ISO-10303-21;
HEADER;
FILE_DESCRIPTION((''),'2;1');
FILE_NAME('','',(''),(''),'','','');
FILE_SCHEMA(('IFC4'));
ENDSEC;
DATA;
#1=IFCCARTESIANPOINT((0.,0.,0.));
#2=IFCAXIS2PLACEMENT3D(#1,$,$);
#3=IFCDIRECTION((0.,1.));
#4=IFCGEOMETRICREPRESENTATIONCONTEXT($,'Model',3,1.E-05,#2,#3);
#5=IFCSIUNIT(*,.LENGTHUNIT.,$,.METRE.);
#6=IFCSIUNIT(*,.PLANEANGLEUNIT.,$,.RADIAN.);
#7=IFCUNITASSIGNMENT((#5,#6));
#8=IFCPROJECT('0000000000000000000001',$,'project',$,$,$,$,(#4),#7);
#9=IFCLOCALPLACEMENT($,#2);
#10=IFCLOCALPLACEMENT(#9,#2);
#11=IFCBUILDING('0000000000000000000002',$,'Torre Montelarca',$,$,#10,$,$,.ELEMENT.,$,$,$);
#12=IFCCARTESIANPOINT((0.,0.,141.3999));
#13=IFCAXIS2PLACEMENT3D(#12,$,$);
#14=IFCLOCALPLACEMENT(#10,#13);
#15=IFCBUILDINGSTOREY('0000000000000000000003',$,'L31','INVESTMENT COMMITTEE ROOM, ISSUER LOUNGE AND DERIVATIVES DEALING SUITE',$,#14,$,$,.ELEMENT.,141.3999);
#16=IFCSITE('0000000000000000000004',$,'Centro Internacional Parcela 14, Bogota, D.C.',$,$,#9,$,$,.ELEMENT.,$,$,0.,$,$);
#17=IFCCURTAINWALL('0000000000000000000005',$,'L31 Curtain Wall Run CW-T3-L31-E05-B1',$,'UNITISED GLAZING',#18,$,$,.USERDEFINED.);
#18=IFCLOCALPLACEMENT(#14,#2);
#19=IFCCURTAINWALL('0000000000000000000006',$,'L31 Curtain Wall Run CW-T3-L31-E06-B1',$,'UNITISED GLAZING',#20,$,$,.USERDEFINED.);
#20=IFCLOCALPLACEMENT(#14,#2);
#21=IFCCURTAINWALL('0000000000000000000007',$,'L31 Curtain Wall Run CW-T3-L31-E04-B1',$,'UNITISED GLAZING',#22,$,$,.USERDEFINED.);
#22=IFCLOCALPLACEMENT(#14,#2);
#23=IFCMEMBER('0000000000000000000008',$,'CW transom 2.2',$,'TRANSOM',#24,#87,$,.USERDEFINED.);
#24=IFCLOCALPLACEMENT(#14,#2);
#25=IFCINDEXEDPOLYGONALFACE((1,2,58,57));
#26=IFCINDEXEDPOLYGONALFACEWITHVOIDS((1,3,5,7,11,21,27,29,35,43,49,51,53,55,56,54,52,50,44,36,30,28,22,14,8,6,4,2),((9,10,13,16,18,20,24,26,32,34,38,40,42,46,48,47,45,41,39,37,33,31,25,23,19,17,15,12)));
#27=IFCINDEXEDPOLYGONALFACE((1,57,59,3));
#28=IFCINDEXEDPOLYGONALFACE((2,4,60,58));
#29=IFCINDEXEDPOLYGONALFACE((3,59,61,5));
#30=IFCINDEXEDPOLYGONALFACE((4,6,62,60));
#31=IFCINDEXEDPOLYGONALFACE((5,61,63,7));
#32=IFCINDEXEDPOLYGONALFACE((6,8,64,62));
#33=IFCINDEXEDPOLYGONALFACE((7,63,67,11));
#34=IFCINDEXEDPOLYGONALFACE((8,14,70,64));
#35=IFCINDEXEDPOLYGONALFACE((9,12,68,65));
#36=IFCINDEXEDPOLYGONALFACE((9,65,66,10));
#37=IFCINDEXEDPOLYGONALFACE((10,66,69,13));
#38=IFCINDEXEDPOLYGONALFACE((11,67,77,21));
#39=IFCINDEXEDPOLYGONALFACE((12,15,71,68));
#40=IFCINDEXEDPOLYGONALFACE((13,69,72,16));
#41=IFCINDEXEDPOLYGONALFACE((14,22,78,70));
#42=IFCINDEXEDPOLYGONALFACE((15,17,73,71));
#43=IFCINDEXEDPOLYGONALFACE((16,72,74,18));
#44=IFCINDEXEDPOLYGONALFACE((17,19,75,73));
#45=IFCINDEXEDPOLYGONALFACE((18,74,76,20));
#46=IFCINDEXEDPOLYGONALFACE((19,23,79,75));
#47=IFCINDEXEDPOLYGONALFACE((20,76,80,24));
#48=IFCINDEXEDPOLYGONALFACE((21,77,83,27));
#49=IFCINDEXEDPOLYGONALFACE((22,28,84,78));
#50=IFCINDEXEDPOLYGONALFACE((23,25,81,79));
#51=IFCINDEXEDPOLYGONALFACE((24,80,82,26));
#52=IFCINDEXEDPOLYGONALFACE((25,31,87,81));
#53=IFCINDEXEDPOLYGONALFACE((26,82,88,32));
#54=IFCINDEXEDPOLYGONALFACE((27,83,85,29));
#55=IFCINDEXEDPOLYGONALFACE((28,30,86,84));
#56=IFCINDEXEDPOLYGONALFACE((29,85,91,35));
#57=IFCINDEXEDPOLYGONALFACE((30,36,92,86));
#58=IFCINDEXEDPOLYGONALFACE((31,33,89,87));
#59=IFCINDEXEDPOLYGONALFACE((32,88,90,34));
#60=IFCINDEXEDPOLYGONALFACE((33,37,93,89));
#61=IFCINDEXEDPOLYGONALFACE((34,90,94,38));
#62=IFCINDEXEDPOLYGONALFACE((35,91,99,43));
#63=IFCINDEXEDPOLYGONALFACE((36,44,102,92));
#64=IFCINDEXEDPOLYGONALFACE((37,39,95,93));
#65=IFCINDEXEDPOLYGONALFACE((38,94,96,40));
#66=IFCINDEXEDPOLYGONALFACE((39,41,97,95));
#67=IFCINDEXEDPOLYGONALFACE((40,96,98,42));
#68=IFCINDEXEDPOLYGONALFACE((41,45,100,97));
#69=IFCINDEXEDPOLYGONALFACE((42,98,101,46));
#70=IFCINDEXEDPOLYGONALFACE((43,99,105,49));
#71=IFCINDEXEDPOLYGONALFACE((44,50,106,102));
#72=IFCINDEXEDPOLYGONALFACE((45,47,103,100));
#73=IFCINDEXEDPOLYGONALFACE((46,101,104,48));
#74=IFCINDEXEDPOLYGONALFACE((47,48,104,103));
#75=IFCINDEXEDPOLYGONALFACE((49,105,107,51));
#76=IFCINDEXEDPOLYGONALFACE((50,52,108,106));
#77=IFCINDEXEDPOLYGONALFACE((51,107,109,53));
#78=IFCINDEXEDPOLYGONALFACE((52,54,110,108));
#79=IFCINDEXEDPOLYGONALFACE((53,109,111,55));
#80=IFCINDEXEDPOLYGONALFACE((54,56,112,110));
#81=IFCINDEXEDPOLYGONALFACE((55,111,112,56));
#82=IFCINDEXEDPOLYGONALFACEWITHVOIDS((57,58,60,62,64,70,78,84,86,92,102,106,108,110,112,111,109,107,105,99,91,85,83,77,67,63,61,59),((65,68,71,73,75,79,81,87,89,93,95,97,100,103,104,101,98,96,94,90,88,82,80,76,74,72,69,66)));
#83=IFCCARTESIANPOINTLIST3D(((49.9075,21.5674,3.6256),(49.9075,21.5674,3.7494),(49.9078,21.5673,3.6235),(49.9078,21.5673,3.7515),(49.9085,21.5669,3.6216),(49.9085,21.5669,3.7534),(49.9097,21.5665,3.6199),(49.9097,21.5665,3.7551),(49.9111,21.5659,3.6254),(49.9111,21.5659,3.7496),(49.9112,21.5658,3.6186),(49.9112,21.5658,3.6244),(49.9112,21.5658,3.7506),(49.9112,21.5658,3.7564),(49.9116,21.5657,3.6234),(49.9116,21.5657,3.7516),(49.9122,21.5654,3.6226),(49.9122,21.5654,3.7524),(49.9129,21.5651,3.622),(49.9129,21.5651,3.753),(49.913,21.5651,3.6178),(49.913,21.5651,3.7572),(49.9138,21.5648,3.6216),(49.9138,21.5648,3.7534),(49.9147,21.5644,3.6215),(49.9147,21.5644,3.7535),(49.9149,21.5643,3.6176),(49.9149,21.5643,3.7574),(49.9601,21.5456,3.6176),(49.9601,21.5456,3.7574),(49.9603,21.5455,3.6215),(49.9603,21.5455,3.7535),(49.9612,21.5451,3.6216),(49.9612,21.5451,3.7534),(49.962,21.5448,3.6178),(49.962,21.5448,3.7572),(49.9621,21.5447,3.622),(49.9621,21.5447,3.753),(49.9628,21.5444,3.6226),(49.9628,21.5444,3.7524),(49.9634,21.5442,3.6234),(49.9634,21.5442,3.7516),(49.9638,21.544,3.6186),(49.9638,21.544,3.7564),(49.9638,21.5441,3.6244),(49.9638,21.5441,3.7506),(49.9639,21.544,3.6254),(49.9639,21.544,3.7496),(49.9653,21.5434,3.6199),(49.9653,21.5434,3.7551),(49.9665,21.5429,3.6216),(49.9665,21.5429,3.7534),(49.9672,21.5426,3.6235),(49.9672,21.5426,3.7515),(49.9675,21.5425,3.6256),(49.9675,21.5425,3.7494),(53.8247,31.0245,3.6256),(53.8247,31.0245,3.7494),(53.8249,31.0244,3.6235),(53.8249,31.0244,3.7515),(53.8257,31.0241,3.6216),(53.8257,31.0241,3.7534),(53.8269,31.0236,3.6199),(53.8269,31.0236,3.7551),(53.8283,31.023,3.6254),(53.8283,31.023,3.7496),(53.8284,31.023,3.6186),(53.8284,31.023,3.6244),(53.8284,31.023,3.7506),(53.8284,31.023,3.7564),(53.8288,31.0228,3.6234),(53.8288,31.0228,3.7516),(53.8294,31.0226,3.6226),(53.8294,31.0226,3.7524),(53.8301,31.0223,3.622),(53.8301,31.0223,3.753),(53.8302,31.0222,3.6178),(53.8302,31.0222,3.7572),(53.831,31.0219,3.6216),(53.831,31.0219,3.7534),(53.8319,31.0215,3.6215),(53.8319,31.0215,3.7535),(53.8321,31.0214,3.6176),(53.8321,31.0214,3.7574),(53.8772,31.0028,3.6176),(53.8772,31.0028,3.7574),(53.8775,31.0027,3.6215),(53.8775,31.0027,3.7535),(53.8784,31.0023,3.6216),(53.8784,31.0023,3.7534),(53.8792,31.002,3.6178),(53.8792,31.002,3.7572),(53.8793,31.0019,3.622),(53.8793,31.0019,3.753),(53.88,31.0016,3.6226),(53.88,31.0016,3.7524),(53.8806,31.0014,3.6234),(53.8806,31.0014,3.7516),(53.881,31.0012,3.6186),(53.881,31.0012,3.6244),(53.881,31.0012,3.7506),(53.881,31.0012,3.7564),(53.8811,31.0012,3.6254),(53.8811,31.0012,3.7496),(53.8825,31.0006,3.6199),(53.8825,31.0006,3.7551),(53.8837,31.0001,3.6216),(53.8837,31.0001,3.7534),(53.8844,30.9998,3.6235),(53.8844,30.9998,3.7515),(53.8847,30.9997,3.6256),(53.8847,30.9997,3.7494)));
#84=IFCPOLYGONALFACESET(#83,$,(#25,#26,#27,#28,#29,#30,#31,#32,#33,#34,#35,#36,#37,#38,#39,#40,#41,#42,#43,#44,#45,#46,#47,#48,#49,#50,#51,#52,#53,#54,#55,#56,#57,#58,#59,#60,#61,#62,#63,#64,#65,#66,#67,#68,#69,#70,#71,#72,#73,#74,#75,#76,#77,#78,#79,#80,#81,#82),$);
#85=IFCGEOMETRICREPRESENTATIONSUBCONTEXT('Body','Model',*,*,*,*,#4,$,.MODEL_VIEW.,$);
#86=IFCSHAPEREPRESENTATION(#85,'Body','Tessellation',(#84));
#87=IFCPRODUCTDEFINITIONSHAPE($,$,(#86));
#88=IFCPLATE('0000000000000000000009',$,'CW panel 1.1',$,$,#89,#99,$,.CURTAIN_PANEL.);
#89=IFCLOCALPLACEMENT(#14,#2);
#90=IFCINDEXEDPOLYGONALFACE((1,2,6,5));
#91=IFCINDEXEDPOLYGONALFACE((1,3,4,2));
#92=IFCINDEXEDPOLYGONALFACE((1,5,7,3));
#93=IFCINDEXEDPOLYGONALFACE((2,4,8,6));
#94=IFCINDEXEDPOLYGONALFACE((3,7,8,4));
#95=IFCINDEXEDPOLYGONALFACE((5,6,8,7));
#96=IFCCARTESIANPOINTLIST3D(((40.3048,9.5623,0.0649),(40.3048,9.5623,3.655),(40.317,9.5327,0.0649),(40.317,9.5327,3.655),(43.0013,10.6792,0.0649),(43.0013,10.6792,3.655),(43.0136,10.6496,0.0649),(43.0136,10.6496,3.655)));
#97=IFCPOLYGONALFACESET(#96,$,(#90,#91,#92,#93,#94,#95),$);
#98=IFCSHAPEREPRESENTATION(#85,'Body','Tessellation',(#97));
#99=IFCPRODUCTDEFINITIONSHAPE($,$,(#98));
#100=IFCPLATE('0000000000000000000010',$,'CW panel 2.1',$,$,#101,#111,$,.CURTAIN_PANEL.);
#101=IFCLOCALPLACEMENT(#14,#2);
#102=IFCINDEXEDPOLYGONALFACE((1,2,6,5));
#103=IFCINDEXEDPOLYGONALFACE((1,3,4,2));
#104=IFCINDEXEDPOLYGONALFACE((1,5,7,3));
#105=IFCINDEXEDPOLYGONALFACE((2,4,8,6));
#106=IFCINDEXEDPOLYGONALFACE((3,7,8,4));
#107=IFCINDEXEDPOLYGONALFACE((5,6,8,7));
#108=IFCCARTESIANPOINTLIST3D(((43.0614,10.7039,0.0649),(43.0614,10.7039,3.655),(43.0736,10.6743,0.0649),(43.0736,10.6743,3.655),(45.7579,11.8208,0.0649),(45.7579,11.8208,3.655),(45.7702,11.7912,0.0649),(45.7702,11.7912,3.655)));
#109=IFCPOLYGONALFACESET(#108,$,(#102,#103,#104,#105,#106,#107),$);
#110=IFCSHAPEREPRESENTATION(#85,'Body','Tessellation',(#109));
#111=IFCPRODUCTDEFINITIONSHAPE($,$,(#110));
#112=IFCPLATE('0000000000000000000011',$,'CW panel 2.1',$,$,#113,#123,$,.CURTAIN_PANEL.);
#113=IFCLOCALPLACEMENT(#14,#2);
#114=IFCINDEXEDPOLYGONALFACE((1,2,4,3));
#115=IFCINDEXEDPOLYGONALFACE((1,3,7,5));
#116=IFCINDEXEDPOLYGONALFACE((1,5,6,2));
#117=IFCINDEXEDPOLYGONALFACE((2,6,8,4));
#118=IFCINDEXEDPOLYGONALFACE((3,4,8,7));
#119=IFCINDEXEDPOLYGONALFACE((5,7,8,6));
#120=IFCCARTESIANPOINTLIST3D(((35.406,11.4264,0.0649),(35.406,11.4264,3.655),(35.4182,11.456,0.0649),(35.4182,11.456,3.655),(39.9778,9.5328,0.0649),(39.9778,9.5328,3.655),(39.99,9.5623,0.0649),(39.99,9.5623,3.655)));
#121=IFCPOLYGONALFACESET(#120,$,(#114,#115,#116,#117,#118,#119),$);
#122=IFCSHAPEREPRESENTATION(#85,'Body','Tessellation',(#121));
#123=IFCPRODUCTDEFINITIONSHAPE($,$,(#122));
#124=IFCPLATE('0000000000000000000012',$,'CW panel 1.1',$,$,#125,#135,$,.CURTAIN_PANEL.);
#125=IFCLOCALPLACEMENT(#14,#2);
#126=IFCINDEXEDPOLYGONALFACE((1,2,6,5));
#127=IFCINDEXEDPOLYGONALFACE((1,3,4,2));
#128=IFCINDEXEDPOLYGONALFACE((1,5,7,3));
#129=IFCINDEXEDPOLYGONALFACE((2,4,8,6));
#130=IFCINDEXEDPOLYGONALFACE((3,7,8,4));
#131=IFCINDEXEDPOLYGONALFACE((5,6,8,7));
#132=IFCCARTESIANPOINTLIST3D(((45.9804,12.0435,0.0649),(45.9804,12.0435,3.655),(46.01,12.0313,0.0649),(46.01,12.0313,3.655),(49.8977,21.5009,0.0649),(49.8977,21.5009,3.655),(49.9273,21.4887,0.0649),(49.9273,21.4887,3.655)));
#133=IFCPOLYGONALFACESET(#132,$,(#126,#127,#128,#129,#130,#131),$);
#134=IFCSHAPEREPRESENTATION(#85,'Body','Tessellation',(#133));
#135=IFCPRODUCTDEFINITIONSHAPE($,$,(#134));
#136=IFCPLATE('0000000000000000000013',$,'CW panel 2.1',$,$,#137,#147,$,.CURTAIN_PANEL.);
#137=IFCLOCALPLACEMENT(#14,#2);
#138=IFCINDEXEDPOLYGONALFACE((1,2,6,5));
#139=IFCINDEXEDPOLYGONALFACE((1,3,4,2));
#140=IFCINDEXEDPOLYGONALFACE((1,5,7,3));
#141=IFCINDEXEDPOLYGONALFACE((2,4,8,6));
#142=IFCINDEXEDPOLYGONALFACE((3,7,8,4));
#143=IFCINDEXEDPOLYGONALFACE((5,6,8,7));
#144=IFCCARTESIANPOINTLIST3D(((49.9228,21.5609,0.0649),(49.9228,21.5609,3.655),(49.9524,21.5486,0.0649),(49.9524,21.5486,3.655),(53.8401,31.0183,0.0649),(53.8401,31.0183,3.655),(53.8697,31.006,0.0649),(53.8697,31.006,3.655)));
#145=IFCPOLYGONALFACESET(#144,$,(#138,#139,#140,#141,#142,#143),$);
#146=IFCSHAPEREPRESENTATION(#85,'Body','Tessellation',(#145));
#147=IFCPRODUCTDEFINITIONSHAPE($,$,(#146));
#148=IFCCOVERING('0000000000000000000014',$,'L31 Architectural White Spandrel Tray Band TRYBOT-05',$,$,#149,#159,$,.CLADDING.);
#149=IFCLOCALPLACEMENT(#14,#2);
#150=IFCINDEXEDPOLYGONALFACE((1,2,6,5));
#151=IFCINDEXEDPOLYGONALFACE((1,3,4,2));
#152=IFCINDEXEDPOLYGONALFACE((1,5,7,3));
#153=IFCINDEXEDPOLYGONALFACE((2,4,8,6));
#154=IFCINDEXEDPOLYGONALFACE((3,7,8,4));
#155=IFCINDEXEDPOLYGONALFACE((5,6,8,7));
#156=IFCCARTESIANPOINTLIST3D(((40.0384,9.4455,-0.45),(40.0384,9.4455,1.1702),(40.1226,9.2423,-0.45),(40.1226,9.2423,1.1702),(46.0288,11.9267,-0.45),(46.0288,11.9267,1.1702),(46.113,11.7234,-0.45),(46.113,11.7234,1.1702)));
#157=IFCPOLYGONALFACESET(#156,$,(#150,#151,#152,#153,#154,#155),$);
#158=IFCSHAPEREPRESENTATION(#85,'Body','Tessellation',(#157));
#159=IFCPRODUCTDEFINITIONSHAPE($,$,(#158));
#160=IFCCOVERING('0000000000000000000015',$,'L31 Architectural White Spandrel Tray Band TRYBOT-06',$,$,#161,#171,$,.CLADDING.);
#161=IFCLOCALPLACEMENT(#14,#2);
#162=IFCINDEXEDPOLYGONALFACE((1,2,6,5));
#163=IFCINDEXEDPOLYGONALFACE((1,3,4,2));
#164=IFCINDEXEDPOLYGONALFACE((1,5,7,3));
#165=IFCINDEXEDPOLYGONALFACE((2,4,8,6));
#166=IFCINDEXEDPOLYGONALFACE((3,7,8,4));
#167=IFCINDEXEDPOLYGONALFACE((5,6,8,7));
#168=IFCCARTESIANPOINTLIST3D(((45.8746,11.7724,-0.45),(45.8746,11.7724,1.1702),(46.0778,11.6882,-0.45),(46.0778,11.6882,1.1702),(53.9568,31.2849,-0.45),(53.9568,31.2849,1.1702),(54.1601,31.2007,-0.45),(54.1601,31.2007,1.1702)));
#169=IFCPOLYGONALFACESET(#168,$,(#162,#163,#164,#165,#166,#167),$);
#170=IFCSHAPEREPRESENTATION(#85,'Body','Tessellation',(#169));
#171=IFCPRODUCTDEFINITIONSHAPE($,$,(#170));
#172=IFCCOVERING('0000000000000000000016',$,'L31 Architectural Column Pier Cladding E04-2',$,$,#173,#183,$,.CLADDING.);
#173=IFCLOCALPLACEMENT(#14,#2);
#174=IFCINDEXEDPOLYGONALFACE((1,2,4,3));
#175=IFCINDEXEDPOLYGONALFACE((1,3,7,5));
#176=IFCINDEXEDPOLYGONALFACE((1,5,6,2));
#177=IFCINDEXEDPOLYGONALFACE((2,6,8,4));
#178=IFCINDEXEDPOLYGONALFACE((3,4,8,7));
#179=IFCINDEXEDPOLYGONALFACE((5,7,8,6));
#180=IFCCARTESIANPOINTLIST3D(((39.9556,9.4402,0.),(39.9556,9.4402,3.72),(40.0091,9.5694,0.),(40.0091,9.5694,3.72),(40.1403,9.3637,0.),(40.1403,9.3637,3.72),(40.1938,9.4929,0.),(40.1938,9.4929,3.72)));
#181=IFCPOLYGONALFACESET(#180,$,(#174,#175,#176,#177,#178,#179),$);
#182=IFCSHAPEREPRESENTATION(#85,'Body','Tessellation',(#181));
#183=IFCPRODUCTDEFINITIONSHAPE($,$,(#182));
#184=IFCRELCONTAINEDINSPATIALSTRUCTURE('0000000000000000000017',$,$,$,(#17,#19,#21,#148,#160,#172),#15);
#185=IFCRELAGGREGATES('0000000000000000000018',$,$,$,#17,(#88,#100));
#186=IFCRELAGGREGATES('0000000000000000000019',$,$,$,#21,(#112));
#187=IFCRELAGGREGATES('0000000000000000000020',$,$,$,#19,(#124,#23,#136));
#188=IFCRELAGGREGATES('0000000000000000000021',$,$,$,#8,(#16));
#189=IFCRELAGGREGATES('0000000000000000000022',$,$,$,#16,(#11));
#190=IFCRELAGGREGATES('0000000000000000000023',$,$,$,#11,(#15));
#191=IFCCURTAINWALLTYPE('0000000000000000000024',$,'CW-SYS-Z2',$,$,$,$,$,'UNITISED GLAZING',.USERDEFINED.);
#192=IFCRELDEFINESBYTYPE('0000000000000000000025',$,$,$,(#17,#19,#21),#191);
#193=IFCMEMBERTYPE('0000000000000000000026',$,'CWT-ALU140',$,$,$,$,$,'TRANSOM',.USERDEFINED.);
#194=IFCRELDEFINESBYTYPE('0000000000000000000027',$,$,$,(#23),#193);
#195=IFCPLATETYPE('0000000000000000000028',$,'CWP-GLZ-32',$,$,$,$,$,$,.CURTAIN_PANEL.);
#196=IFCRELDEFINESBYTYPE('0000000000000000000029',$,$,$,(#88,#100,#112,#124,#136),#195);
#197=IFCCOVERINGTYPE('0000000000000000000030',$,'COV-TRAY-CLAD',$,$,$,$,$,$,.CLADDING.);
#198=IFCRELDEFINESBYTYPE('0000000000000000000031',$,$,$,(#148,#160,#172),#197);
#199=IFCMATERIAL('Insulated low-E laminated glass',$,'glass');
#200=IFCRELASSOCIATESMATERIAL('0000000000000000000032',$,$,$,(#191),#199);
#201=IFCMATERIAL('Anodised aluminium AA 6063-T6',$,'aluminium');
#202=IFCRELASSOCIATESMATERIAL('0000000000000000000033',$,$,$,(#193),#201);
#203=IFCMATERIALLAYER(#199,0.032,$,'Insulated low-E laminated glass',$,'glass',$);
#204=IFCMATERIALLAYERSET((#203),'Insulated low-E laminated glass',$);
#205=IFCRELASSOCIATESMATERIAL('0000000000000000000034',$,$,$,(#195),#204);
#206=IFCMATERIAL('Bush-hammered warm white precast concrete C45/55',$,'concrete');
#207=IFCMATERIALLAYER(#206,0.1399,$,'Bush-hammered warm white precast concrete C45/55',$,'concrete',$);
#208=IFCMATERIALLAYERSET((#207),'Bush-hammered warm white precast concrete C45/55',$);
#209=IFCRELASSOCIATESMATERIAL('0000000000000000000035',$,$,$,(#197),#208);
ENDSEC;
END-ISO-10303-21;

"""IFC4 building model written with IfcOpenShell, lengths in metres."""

from ifc_helpers import new_model, si_unit, direction, frame, origin, origin_2d, place, context, subcontext, project, spatial, rectangle, hollow_rectangle, extrude, source, transform, mapped, material, layer, layer_set, material_profile, profile_set, type_object, element, aggregate, save


model = new_model("IFC4")

# Units and contexts
model_context = context("Model", 3, precision=1e-05, world=origin(), true_north=direction((0.0, 1.0)))
body_context = subcontext(model_context, "Body", "Model", "MODEL_VIEW")
ifc_project = project(units=[si_unit("LENGTHUNIT", "METRE"), si_unit("PLANEANGLEUNIT", "RADIAN")], contexts=[model_context])

# Site, building, storey
site_placement = place(None, origin())
site = spatial("IfcSite", under=ifc_project, at=site_placement, Name="Centro Internacional Parcela 14, Bogota, D.C.", CompositionType="ELEMENT", RefElevation=0.0)
building_placement = place(site_placement, origin())
building = spatial("IfcBuilding", under=site, at=building_placement, Name="Torre Montelarca", CompositionType="ELEMENT")
storey_placement = place(building_placement, frame((0.0, 0.0, 141.3999)))
storey = spatial("IfcBuildingStorey", under=building, at=storey_placement, Name="L31", Description="INVESTMENT COMMITTEE ROOM, ISSUER LOUNGE AND DERIVATIVES DEALING SUITE", CompositionType="ELEMENT", Elevation=141.3999)

# Curtain walls
ifc_material_1 = material(Name="Insulated low-E laminated glass", Category="glass")
curtain_wall_type = type_object("IfcCurtainWallType", Name="CW-SYS-Z2", ElementType="UNITISED GLAZING", PredefinedType="USERDEFINED", material=ifc_material_1)
curtain_wall_1_placement = place(storey_placement, origin())
curtain_wall_1 = element("IfcCurtainWall", 1, at=curtain_wall_1_placement, inside=storey, type_object=curtain_wall_type, Name="L31 Curtain Wall Run CW-T3-L31-E05-B1", ObjectType="UNITISED GLAZING", PredefinedType="USERDEFINED")
ifc_material_2 = material(Name="Anodised aluminium AA 6063-T6", Category="aluminium")
ifc_material_profile_1 = material_profile(ifc_material_2, hollow_rectangle(XDim=0.0649, YDim=0.1399, WallThickness=0.0039, InnerFilletRadius=0.0039, OuterFilletRadius=0.0081, at=origin_2d()), Name="ALU65X140X4", Category="aluminium")
ifc_profile_set_1 = profile_set([ifc_material_profile_1], Name="Anodised aluminium AA 6063-T6")
member_type_1 = type_object("IfcMemberType", Name="CWT-ALU140", ElementType="TRANSOM", PredefinedType="USERDEFINED", material=ifc_profile_set_1)
curtain_wall_2_placement = place(storey_placement, origin())
curtain_wall_2 = element("IfcCurtainWall", 2, at=curtain_wall_2_placement, inside=storey, type_object=curtain_wall_type, Name="L31 Curtain Wall Run CW-T3-L31-E06-B1", ObjectType="UNITISED GLAZING", PredefinedType="USERDEFINED")
curtain_wall_3_placement = place(storey_placement, origin())
curtain_wall_3 = element("IfcCurtainWall", 3, at=curtain_wall_3_placement, inside=storey, type_object=curtain_wall_type, Name="L31 Curtain Wall Run CW-T3-L31-E04-B1", ObjectType="UNITISED GLAZING", PredefinedType="USERDEFINED")

# Member
shared_shape_1 = source(origin(), body_context, "Body", "SweptSolid", [
    extrude(hollow_rectangle(XDim=0.0649, YDim=0.1399, WallThickness=0.0039, InnerFilletRadius=0.0039, OuterFilletRadius=0.0081, at=origin_2d()), origin(), (0.0, 0.0, 1.0), 10.2363),
])
member_1_placement = place(storey_placement, frame((49.9375, 21.5549, 3.6875), z_axis=(0.382675, 0.923883, 0.0), x_axis=(-0.923883, 0.382675, 0.0)))
member_1 = element("IfcMember", 4, at=member_1_placement, type_object=member_type_1, Name="CW transom 2.2", ObjectType="TRANSOM", PredefinedType="USERDEFINED", context=body_context, shape_type="MappedRepresentation", body=[
    mapped(shared_shape_1, transform((0.0, 0.0, 0.0), scale=1.0)),
])

# Plates
ifc_layer_1 = layer(ifc_material_1, 0.032, Name="Insulated low-E laminated glass", Category="glass")
ifc_layer_set_1 = layer_set([ifc_layer_1], Name="Insulated low-E laminated glass")
plate_type = type_object("IfcPlateType", Name="CWP-GLZ-32", PredefinedType="CURTAIN_PANEL", material=ifc_layer_set_1)
shared_shape_2 = source(origin(), body_context, "Body", "SweptSolid", [
    extrude(rectangle(XDim=2.9187, YDim=0.032, at=origin_2d()), origin(), (0.0, 0.0, 1.0), 3.5901),
])
plate_1_placement = place(storey_placement, frame((41.6592, 10.106, 0.0649), z_axis=(0.0, 0.0, 1.0), x_axis=(0.923889, 0.382662, 0.0)))
plate_1 = element("IfcPlate", 5, at=plate_1_placement, type_object=plate_type, Name="CW panel 1.1", PredefinedType="CURTAIN_PANEL", context=body_context, shape_type="MappedRepresentation", body=[
    mapped(shared_shape_2, transform((0.0, 0.0, 0.0), scale=1.0)),
])
plate_2_placement = place(storey_placement, frame((44.4158, 11.2476, 0.0649), z_axis=(0.0, 0.0, 1.0), x_axis=(0.923889, 0.382662, 0.0)))
plate_2 = element("IfcPlate", 6, at=plate_2_placement, type_object=plate_type, Name="CW panel 2.1", PredefinedType="CURTAIN_PANEL", context=body_context, shape_type="MappedRepresentation", body=[
    mapped(shared_shape_2, transform((0.0, 0.0, 0.0), scale=1.0)),
])
aggregate(curtain_wall_1, [plate_1, plate_2])
shared_shape_3 = source(origin(), body_context, "Body", "SweptSolid", [
    extrude(rectangle(XDim=4.9485, YDim=0.032, at=origin_2d()), origin(), (0.0, 0.0, 1.0), 3.5901),
])
plate_3_placement = place(storey_placement, frame((37.698, 10.4944, 0.0649), z_axis=(0.0, 0.0, 1.0), x_axis=(0.923885, -0.382671, 0.0)))
plate_3 = element("IfcPlate", 7, at=plate_3_placement, type_object=plate_type, Name="CW panel 2.1", PredefinedType="CURTAIN_PANEL", context=body_context, shape_type="MappedRepresentation", body=[
    mapped(shared_shape_3, transform((0.0, 0.0, 0.0), scale=1.0)),
])
aggregate(curtain_wall_3, [plate_3])
shared_shape_4 = source(origin(), body_context, "Body", "SweptSolid", [
    extrude(rectangle(XDim=10.2366, YDim=0.032, at=origin_2d()), origin(), (0.0, 0.0, 1.0), 3.5901),
])
plate_4_placement = place(storey_placement, frame((47.9539, 16.7661, 0.0649), z_axis=(0.0, 0.0, 1.0), x_axis=(0.382679, 0.923881, 0.0)))
plate_4 = element("IfcPlate", 8, at=plate_4_placement, type_object=plate_type, Name="CW panel 1.1", PredefinedType="CURTAIN_PANEL", context=body_context, shape_type="MappedRepresentation", body=[
    mapped(shared_shape_4, transform((0.0, 0.0, 0.0), scale=1.0)),
])
plate_5_placement = place(storey_placement, frame((51.8962, 26.2834, 0.0649), z_axis=(0.0, 0.0, 1.0), x_axis=(0.382679, 0.923881, 0.0)))
plate_5 = element("IfcPlate", 9, at=plate_5_placement, type_object=plate_type, Name="CW panel 2.1", PredefinedType="CURTAIN_PANEL", context=body_context, shape_type="MappedRepresentation", body=[
    mapped(shared_shape_4, transform((0.0, 0.0, 0.0), scale=1.0)),
])
aggregate(curtain_wall_2, [plate_4, member_1, plate_5])

# Coverings
ifc_material_3 = material(Name="Bush-hammered warm white precast concrete C45/55", Category="concrete")
ifc_layer_2 = layer(ifc_material_3, 0.1399, Name="Bush-hammered warm white precast concrete C45/55", Category="concrete")
ifc_layer_set_2 = layer_set([ifc_layer_2], Name="Bush-hammered warm white precast concrete C45/55")
covering_type = type_object("IfcCoveringType", Name="COV-TRAY-CLAD", PredefinedType="CLADDING", material=ifc_layer_set_2)
shared_shape_5 = source(origin(), body_context, "Body", "SweptSolid", [
    extrude(rectangle(XDim=6.4839, YDim=0.22, at=origin_2d()), origin(), (0.0, 0.0, 1.0), 1.6201),
])
covering_1_placement = place(storey_placement, frame((43.0757, 10.5845, -0.45), z_axis=(0.0, 0.0, 1.0), x_axis=(0.923886, 0.382669, 0.0)))
element("IfcCovering", 10, at=covering_1_placement, inside=storey, type_object=covering_type, Name="L31 Architectural White Spandrel Tray Band TRYBOT-05", PredefinedType="CLADDING", context=body_context, shape_type="MappedRepresentation", body=[
    mapped(shared_shape_5, transform((0.0, 0.0, 0.0), scale=1.0)),
])
shared_shape_6 = source(origin(), body_context, "Body", "SweptSolid", [
    extrude(rectangle(XDim=21.1201, YDim=0.22, at=origin_2d()), origin(), (0.0, 0.0, 1.0), 1.6201),
])
covering_2_placement = place(storey_placement, frame((50.0173, 21.4866, -0.45), z_axis=(0.0, 0.0, 1.0), x_axis=(0.38268, 0.923881, 0.0)))
element("IfcCovering", 11, at=covering_2_placement, inside=storey, type_object=covering_type, Name="L31 Architectural White Spandrel Tray Band TRYBOT-06", PredefinedType="CLADDING", context=body_context, shape_type="MappedRepresentation", body=[
    mapped(shared_shape_6, transform((0.0, 0.0, 0.0), scale=1.0)),
])
shared_shape_7 = source(origin(), body_context, "Body", "SweptSolid", [
    extrude(rectangle(XDim=0.2, YDim=0.1399, at=origin_2d()), origin(), (0.0, 0.0, 1.0), 3.72),
])
for number, where, z_axis, x_axis, name in (
    (12, (40.0747, 9.4666, 0.0), (0.0, 0.0, 1.0), (0.923883, -0.382675, 0.0), "L31 Architectural Column Pier Cladding E04-2"),
):
    element("IfcCovering", number, at=place(storey_placement, frame(where, z_axis=z_axis, x_axis=x_axis)), inside=storey, type_object=covering_type, Name=name, PredefinedType="CLADDING", context=body_context, shape_type="MappedRepresentation", body=[
        mapped(shared_shape_7, transform((0.0, 0.0, 0.0), scale=1.0)),
    ])

save(model, "model.ifc")
